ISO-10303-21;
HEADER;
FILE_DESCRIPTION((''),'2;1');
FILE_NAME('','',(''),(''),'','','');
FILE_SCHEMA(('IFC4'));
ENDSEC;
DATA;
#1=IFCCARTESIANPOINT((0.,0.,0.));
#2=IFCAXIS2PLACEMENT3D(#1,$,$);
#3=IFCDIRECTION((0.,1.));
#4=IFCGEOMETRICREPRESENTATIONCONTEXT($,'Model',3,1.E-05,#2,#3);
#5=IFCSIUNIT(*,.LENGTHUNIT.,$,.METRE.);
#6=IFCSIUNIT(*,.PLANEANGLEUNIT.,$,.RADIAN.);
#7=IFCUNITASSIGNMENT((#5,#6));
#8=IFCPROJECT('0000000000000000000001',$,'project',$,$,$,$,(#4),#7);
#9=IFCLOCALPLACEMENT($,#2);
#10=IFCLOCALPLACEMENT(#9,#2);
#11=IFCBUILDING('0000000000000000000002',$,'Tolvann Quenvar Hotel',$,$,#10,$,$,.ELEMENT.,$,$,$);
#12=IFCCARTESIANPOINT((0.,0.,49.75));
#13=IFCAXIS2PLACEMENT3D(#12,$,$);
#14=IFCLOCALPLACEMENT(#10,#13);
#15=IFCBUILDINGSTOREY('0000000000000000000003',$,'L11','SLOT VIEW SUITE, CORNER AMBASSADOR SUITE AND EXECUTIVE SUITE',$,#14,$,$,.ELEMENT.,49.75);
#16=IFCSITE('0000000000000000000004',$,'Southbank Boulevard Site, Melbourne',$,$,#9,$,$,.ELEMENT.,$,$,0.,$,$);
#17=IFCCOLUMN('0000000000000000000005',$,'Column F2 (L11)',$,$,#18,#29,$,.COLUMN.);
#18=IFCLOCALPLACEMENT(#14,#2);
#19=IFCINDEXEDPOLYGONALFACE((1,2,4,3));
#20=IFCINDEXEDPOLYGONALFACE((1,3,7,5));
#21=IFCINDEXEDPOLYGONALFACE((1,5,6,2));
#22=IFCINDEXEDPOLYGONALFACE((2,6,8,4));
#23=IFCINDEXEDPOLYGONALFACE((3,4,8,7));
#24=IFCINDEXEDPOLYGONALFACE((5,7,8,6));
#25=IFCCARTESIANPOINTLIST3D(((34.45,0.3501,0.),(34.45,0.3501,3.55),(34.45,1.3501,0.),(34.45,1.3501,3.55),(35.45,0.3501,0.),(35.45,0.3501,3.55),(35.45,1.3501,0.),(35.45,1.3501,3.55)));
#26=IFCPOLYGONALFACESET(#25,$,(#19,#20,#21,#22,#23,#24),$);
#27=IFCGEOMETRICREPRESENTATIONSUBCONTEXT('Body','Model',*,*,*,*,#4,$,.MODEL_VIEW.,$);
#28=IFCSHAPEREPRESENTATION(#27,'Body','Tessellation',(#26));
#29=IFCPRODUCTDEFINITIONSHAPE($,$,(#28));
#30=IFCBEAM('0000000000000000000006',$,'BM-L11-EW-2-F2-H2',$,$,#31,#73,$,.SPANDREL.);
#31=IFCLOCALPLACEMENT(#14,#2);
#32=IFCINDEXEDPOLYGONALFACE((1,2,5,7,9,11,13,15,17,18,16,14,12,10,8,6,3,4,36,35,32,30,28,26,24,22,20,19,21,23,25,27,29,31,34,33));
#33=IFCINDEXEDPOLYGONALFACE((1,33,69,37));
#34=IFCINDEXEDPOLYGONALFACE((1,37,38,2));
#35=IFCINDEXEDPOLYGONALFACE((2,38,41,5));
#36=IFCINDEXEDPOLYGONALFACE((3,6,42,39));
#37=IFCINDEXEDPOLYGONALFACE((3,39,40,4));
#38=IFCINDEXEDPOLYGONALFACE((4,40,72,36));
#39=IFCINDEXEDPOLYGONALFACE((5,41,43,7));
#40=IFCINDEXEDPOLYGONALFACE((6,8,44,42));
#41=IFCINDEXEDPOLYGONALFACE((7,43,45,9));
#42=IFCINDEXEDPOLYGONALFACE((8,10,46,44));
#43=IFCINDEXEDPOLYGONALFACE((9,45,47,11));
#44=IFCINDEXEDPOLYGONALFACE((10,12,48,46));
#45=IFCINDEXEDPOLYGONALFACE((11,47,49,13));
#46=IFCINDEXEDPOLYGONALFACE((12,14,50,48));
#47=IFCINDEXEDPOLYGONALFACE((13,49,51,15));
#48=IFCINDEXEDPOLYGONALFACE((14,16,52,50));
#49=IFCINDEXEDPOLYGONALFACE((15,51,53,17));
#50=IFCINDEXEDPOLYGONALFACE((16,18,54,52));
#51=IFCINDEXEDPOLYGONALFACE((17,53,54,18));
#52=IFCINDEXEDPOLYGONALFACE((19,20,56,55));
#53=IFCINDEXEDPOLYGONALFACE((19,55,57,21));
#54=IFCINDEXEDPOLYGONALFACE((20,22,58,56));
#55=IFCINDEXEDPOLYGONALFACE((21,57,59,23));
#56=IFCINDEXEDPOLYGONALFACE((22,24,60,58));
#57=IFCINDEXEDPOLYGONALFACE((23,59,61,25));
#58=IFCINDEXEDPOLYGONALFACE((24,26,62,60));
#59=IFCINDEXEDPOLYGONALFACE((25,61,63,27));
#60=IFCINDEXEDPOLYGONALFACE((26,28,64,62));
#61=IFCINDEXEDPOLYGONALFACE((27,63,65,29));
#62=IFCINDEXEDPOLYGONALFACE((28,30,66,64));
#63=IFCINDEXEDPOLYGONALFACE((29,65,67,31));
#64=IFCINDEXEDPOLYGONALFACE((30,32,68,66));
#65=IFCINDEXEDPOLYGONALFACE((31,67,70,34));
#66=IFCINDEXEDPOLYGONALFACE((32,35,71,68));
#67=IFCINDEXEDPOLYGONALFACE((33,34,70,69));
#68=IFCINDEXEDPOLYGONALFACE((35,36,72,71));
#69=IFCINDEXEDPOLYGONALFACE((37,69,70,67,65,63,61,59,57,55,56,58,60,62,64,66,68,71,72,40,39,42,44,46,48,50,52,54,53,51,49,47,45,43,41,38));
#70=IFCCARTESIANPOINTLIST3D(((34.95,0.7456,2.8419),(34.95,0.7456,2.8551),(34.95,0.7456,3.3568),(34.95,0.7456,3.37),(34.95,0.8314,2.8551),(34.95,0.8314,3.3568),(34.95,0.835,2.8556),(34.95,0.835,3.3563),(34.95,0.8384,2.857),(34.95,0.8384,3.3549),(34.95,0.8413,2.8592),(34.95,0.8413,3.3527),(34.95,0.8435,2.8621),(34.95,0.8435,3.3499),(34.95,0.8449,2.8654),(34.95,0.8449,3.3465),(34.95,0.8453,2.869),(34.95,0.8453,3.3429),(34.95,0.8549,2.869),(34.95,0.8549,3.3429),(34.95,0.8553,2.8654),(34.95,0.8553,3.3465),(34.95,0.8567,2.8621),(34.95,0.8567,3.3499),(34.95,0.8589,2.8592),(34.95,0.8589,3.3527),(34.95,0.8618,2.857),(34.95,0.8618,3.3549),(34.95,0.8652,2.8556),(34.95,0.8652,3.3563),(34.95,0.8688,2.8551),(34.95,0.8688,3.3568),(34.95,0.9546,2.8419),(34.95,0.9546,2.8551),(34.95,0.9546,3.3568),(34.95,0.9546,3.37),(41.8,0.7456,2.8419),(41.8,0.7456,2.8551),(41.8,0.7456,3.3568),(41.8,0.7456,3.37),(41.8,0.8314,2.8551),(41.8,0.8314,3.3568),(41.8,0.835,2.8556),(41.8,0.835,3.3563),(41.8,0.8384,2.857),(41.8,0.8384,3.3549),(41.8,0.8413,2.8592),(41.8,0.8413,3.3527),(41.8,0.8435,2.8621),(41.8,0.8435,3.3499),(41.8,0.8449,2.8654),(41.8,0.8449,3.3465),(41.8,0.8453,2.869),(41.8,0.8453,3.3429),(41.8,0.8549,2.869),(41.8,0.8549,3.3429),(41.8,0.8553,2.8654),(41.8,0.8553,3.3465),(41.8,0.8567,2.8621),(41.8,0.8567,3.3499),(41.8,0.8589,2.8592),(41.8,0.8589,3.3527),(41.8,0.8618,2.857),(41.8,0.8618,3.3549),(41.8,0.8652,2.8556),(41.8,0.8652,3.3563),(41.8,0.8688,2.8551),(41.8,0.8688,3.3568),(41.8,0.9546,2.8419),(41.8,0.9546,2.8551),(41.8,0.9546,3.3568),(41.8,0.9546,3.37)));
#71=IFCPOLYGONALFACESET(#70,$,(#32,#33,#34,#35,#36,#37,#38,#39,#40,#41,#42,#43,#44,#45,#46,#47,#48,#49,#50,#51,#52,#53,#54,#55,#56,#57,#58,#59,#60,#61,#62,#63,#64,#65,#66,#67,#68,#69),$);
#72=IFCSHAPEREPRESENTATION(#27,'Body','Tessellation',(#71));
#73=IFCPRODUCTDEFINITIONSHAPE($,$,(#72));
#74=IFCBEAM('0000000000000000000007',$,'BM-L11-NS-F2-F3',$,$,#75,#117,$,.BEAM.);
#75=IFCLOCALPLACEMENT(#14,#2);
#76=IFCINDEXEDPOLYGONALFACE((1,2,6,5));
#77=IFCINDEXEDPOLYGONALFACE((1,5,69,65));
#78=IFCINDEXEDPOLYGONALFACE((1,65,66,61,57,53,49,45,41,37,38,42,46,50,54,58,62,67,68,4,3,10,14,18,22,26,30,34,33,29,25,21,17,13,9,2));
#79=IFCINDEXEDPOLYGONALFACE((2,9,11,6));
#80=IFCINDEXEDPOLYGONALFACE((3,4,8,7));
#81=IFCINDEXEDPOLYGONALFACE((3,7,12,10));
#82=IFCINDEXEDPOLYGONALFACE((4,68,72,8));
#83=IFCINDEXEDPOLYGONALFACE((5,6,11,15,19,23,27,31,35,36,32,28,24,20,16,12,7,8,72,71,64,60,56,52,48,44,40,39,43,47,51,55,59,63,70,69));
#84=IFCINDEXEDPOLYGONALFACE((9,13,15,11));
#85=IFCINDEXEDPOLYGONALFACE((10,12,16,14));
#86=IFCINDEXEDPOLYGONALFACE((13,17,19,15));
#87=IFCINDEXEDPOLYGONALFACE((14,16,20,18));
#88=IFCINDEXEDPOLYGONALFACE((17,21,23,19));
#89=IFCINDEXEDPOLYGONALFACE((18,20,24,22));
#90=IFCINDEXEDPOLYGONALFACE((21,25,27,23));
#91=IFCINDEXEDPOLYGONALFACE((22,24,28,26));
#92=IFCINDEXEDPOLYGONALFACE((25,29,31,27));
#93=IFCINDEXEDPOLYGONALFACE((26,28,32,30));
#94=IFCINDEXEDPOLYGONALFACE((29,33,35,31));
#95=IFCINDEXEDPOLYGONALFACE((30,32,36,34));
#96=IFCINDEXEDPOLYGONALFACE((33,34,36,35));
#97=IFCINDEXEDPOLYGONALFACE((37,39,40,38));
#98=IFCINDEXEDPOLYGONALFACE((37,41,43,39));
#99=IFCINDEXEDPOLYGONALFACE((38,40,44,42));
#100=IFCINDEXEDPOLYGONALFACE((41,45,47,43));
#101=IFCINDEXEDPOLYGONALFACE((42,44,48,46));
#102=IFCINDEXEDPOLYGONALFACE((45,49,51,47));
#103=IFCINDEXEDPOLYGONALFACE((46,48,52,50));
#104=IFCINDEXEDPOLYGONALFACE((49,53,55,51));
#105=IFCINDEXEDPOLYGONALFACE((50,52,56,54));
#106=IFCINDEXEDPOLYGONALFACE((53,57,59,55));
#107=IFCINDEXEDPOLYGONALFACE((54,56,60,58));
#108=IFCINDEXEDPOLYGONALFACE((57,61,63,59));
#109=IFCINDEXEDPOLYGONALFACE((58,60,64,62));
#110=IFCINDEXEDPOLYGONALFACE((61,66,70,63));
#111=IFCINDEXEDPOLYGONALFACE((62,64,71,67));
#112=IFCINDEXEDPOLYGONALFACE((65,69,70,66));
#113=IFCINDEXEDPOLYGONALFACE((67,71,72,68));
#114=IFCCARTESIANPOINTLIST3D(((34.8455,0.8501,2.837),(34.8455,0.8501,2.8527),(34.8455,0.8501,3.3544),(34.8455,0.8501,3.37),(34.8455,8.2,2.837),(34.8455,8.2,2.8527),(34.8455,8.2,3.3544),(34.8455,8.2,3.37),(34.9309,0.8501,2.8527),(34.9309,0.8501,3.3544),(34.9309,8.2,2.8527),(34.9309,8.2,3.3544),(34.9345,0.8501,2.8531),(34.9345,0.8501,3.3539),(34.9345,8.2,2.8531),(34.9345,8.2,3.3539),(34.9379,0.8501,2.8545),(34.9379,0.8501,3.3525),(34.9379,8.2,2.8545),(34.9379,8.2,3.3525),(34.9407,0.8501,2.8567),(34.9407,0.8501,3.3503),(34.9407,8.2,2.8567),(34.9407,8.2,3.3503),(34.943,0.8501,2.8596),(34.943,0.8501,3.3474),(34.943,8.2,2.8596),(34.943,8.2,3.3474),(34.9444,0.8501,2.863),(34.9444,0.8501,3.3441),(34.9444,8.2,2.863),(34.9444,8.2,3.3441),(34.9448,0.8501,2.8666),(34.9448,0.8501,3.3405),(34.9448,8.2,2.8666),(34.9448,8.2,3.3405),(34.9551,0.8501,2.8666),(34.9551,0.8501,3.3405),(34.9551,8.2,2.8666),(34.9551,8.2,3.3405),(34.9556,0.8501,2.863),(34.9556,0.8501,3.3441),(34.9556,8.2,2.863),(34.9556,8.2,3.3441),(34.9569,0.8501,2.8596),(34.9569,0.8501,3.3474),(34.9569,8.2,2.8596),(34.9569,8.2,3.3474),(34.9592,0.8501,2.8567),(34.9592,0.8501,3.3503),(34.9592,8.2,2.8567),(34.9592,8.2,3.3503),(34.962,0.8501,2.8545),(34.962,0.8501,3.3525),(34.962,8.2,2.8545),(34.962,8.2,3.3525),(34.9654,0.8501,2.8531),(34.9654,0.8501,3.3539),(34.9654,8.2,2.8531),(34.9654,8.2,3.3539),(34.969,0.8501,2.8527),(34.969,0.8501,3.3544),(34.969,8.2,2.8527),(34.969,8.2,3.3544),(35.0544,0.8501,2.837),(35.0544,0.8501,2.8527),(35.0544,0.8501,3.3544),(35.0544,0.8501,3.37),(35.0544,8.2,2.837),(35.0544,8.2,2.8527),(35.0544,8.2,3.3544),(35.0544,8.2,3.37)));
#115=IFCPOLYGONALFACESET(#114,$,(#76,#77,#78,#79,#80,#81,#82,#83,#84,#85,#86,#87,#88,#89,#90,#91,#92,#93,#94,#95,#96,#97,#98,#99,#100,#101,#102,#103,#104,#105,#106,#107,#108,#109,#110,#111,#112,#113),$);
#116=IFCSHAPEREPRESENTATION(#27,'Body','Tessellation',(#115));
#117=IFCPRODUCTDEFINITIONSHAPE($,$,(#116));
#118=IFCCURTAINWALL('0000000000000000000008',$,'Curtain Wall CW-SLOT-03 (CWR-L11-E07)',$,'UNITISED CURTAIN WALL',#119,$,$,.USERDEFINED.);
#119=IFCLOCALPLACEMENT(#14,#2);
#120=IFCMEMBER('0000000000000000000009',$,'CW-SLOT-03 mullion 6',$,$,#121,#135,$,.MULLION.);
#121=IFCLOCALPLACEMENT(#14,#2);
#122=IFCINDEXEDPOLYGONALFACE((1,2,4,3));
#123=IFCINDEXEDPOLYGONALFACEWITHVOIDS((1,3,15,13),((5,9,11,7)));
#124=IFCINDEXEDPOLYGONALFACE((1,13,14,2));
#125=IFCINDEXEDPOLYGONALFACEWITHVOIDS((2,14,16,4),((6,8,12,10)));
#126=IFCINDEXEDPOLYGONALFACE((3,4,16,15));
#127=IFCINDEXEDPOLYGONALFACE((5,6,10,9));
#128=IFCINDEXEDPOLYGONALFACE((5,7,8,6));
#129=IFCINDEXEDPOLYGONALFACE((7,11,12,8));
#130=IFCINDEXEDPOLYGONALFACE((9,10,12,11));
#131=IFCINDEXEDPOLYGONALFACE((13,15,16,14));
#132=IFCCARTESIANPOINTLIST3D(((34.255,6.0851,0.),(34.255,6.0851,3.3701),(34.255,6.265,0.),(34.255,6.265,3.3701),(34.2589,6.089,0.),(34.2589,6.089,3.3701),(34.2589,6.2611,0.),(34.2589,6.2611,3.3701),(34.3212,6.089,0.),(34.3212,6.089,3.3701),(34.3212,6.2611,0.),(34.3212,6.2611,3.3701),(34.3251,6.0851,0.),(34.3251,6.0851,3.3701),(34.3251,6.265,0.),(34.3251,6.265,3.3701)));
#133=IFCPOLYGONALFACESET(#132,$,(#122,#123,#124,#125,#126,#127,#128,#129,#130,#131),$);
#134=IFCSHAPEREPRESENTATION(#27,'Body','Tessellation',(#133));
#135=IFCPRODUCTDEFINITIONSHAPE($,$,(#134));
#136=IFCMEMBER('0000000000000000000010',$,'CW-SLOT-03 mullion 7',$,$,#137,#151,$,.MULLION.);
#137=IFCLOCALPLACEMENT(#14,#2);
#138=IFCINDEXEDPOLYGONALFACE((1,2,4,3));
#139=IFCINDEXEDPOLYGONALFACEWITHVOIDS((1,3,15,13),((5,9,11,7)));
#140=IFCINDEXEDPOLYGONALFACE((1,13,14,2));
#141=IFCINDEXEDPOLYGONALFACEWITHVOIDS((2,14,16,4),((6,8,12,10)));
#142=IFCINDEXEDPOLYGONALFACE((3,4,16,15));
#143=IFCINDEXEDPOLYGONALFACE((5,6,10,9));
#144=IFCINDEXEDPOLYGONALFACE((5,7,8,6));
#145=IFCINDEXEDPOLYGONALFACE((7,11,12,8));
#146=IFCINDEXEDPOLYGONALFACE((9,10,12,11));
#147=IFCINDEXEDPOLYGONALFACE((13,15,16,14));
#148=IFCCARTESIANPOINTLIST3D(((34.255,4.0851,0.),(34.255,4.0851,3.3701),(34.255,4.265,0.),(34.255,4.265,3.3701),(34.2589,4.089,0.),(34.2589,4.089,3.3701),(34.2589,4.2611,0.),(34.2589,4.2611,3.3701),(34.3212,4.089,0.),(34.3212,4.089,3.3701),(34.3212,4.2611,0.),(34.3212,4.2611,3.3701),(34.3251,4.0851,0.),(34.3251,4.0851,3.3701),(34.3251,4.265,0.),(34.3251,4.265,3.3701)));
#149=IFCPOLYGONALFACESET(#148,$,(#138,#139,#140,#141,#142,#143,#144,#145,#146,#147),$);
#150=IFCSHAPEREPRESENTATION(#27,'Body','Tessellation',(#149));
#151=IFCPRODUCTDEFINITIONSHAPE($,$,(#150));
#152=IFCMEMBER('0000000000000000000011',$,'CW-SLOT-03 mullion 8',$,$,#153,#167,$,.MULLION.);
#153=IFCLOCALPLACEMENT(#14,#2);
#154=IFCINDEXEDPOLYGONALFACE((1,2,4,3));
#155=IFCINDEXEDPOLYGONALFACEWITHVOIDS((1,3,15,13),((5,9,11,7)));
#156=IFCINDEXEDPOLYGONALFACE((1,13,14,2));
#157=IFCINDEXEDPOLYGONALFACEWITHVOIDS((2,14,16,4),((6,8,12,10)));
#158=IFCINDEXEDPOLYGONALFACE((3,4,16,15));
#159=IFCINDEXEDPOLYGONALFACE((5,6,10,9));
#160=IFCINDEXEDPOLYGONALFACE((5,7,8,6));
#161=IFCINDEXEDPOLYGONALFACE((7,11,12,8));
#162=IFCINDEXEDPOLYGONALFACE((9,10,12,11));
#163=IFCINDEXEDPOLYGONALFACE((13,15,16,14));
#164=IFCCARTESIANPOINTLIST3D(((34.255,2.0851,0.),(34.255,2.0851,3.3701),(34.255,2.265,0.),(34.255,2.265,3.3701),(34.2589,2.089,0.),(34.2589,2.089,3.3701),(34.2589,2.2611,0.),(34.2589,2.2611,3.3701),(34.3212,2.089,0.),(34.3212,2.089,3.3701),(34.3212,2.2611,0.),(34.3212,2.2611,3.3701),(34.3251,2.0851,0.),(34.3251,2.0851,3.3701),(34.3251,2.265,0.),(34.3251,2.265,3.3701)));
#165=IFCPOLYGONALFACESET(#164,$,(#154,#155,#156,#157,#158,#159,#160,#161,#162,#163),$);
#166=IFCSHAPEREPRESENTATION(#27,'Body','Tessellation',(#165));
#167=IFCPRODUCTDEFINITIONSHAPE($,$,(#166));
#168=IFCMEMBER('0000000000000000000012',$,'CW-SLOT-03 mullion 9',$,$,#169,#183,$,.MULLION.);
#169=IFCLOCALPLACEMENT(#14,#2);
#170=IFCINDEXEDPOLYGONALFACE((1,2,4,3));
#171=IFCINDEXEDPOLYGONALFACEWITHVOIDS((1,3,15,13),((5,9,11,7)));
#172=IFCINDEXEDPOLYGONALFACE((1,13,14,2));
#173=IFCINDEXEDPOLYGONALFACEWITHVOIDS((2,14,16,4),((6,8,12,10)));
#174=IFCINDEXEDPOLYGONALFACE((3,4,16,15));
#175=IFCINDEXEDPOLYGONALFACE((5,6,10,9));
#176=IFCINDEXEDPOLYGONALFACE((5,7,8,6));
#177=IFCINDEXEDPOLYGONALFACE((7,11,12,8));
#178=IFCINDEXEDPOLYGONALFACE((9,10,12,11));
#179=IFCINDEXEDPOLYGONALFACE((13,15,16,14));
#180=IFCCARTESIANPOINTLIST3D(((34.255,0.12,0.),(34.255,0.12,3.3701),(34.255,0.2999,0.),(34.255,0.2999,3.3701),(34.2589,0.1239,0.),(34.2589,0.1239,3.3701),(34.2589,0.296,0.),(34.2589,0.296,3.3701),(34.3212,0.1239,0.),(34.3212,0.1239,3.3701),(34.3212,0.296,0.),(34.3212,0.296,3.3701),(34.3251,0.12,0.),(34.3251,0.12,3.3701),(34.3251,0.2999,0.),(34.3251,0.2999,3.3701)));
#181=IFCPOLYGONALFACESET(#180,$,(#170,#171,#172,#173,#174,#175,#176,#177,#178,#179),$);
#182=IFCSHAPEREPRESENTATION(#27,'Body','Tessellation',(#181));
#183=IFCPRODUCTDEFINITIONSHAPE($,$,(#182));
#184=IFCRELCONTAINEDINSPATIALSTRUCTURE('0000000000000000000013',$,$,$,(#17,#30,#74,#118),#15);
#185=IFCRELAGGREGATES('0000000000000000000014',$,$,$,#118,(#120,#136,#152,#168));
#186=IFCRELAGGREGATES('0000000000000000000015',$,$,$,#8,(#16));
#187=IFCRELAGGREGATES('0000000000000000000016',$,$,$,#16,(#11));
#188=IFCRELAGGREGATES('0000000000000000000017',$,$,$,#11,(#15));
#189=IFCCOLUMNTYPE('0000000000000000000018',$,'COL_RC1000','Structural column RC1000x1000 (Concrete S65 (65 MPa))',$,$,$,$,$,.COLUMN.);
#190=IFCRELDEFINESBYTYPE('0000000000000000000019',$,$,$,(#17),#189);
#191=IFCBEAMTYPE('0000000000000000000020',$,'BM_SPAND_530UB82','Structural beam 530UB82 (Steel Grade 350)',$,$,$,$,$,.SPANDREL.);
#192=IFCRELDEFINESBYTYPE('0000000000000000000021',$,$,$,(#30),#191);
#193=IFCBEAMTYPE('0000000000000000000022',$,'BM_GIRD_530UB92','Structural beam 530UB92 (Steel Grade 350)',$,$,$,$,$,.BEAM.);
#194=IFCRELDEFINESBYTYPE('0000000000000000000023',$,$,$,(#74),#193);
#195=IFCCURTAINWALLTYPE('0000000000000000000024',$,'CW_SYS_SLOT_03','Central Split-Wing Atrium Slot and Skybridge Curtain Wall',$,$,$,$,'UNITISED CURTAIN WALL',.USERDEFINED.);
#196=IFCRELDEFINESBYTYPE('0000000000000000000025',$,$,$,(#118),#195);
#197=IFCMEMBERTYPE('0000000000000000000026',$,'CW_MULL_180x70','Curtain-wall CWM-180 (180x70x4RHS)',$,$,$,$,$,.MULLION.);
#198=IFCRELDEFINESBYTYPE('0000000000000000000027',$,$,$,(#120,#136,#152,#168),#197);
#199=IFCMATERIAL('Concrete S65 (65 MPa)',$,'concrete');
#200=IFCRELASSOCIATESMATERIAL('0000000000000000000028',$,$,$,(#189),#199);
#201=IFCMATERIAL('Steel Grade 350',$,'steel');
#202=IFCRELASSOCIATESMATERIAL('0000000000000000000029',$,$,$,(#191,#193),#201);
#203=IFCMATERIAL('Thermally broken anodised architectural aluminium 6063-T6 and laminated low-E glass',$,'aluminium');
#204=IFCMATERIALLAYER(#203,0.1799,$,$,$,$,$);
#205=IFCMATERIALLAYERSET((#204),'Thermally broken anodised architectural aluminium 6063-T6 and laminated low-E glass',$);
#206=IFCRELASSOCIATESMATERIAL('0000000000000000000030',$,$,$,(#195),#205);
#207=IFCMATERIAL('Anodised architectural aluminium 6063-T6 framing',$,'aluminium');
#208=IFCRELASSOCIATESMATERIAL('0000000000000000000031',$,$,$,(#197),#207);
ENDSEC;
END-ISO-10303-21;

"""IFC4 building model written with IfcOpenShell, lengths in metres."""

from ifc_helpers import new_model, si_unit, direction, frame, origin, origin_2d, place, context, subcontext, project, spatial, rectangle, hollow_rectangle, i_section, extrude, source, transform, mapped, material, layer, layer_set, material_profile, profile_set, type_object, type_shapes, element, aggregate, save


model = new_model("IFC4")

# Units and contexts
model_context = context("Model", 3, precision=1e-05, world=origin(), true_north=direction((0.0, 1.0)))
body_context = subcontext(model_context, "Body", "Model", "MODEL_VIEW")
ifc_project = project(units=[si_unit("LENGTHUNIT", "METRE"), si_unit("PLANEANGLEUNIT", "RADIAN")], contexts=[model_context])

# Site, building, storey
site_placement = place(None, origin())
site = spatial("IfcSite", under=ifc_project, at=site_placement, Name="Southbank Boulevard Site, Melbourne", CompositionType="ELEMENT", RefElevation=0.0)
building_placement = place(site_placement, origin())
building = spatial("IfcBuilding", under=site, at=building_placement, Name="Tolvann Quenvar Hotel", CompositionType="ELEMENT")
storey_placement = place(building_placement, frame((0.0, 0.0, 49.75)))
storey = spatial("IfcBuildingStorey", under=building, at=storey_placement, Name="L11", Description="SLOT VIEW SUITE, CORNER AMBASSADOR SUITE AND EXECUTIVE SUITE", CompositionType="ELEMENT", Elevation=49.75)

# Column
ifc_material_1 = material(Name="Concrete S65 (65 MPa)", Category="concrete")
ifc_material_profile_1 = material_profile(ifc_material_1, rectangle(XDim=1.0, YDim=1.0, at=origin_2d()), Name="RC1000x1000")
ifc_profile_set_1 = profile_set([ifc_material_profile_1], Name="Concrete S65 (65 MPa)")
column_type = type_object("IfcColumnType", Name="COL_RC1000", Description="Structural column RC1000x1000 (Concrete S65 (65 MPa))", PredefinedType="COLUMN", material=ifc_profile_set_1)
shared_shape_1 = source(origin(), body_context, "Body", "SweptSolid", [
    extrude(rectangle(XDim=1.0, YDim=1.0, at=origin_2d()), origin(), (0.0, 0.0, 1.0), 3.55),
])
type_shapes(column_type, [shared_shape_1])
column_placement = place(storey_placement, frame((34.95, 0.8501, 0.0), z_axis=(0.0, 0.0, 1.0), x_axis=(1.0, 0.0, 0.0)))
element("IfcColumn", 1, at=column_placement, inside=storey, type_object=column_type, Name="Column F2 (L11)", PredefinedType="COLUMN", context=body_context, shape_type="MappedRepresentation", body=[
    mapped(shared_shape_1, transform((0.0, 0.0, 0.0), x_axis=(1.0, 0.0, 0.0), y_axis=(0.0, 1.0, 0.0), z_axis=(0.0, 0.0, 1.0), scale=1.0)),
])

# Beams
ifc_material_2 = material(Name="Steel Grade 350", Category="steel")
ifc_material_profile_2 = material_profile(ifc_material_2, i_section(OverallWidth=0.209, OverallDepth=0.5281, WebThickness=0.0095, FlangeThickness=0.0132, FilletRadius=0.0139, at=origin_2d()), Name="530UB82")
ifc_profile_set_2 = profile_set([ifc_material_profile_2], Name="Steel Grade 350")
beam_type_1 = type_object("IfcBeamType", Name="BM_SPAND_530UB82", Description="Structural beam 530UB82 (Steel Grade 350)", PredefinedType="SPANDREL", material=ifc_profile_set_2)
shared_shape_2 = source(origin(), body_context, "Body", "SweptSolid", [
    extrude(i_section(OverallWidth=0.209, OverallDepth=0.5281, WebThickness=0.0095, FlangeThickness=0.0132, FilletRadius=0.0139, at=origin_2d()), origin(), (0.0, 0.0, 1.0), 6.8501),
])
type_shapes(beam_type_1, [shared_shape_2])
beam_1_placement = place(storey_placement, frame((34.95, 0.8501, 3.106), z_axis=(1.0, 0.0, 0.0), x_axis=(0.0, 1.0, 0.0)))
element("IfcBeam", 2, at=beam_1_placement, inside=storey, type_object=beam_type_1, Name="BM-L11-EW-2-F2-H2", PredefinedType="SPANDREL", context=body_context, shape_type="MappedRepresentation", body=[
    mapped(shared_shape_2, transform((0.0, 0.0, 0.0), x_axis=(1.0, 0.0, 0.0), y_axis=(0.0, 1.0, 0.0), z_axis=(0.0, 0.0, 1.0), scale=1.0)),
])
ifc_material_profile_3 = material_profile(ifc_material_2, i_section(OverallWidth=0.209, OverallDepth=0.533, WebThickness=0.0103, FlangeThickness=0.0156, FilletRadius=0.0139, at=origin_2d()), Name="530UB92")
ifc_profile_set_3 = profile_set([ifc_material_profile_3], Name="Steel Grade 350")
beam_type_2 = type_object("IfcBeamType", Name="BM_GIRD_530UB92", Description="Structural beam 530UB92 (Steel Grade 350)", PredefinedType="BEAM", material=ifc_profile_set_3)
shared_shape_3 = source(origin(), body_context, "Body", "SweptSolid", [
    extrude(i_section(OverallWidth=0.209, OverallDepth=0.533, WebThickness=0.0103, FlangeThickness=0.0156, FilletRadius=0.0139, at=origin_2d()), origin(), (0.0, 0.0, 1.0), 7.3499),
])
type_shapes(beam_type_2, [shared_shape_3])
beam_2_placement = place(storey_placement, frame((34.95, 0.8501, 3.1035), z_axis=(0.0, 1.0, 0.0), x_axis=(-1.0, 0.0, 0.0)))
element("IfcBeam", 3, at=beam_2_placement, inside=storey, type_object=beam_type_2, Name="BM-L11-NS-F2-F3", PredefinedType="BEAM", context=body_context, shape_type="MappedRepresentation", body=[
    mapped(shared_shape_3, transform((0.0, 0.0, 0.0), x_axis=(1.0, 0.0, 0.0), y_axis=(0.0, 1.0, 0.0), z_axis=(0.0, 0.0, 1.0), scale=1.0)),
])

# Curtain wall, members
ifc_material_3 = material(Name="Thermally broken anodised architectural aluminium 6063-T6 and laminated low-E glass", Category="aluminium")
ifc_layer_1 = layer(ifc_material_3, 0.1799)
ifc_layer_set_1 = layer_set([ifc_layer_1], Name="Thermally broken anodised architectural aluminium 6063-T6 and laminated low-E glass")
curtain_wall_type = type_object("IfcCurtainWallType", Name="CW_SYS_SLOT_03", Description="Central Split-Wing Atrium Slot and Skybridge Curtain Wall", ElementType="UNITISED CURTAIN WALL", PredefinedType="USERDEFINED", material=ifc_layer_set_1)
curtain_wall_placement = place(storey_placement, origin())
curtain_wall = element("IfcCurtainWall", 4, at=curtain_wall_placement, inside=storey, type_object=curtain_wall_type, Name="Curtain Wall CW-SLOT-03 (CWR-L11-E07)", ObjectType="UNITISED CURTAIN WALL", PredefinedType="USERDEFINED")
ifc_material_4 = material(Name="Anodised architectural aluminium 6063-T6 framing", Category="aluminium")
ifc_material_profile_4 = material_profile(ifc_material_4, hollow_rectangle(XDim=0.0701, YDim=0.1799, WallThickness=0.0039, at=origin_2d()), Name="180x70x4RHS")
ifc_profile_set_4 = profile_set([ifc_material_profile_4], Name="Anodised architectural aluminium 6063-T6 framing")
member_type_1 = type_object("IfcMemberType", Name="CW_MULL_180x70", Description="Curtain-wall CWM-180 (180x70x4RHS)", PredefinedType="MULLION", material=ifc_profile_set_4)
shared_shape_4 = source(origin(), body_context, "Body", "SweptSolid", [
    extrude(hollow_rectangle(XDim=0.0701, YDim=0.1799, WallThickness=0.0039, at=origin_2d()), origin(), (0.0, 0.0, 1.0), 3.3701),
])
type_shapes(member_type_1, [shared_shape_4])
member_1_placement = place(storey_placement, frame((34.29, 6.175, 0.0), z_axis=(0.0, 0.0, 1.0), x_axis=(1.0, 0.0, 0.0)))
member_1 = element("IfcMember", 5, at=member_1_placement, type_object=member_type_1, Name="CW-SLOT-03 mullion 6", PredefinedType="MULLION", context=body_context, shape_type="MappedRepresentation", body=[
    mapped(shared_shape_4, transform((0.0, 0.0, 0.0), x_axis=(1.0, 0.0, 0.0), y_axis=(0.0, 1.0, 0.0), z_axis=(0.0, 0.0, 1.0), scale=1.0)),
])
member_2_placement = place(storey_placement, frame((34.29, 4.175, 0.0), z_axis=(0.0, 0.0, 1.0), x_axis=(1.0, 0.0, 0.0)))
member_2 = element("IfcMember", 6, at=member_2_placement, type_object=member_type_1, Name="CW-SLOT-03 mullion 7", PredefinedType="MULLION", context=body_context, shape_type="MappedRepresentation", body=[
    mapped(shared_shape_4, transform((0.0, 0.0, 0.0), x_axis=(1.0, 0.0, 0.0), y_axis=(0.0, 1.0, 0.0), z_axis=(0.0, 0.0, 1.0), scale=1.0)),
])
member_3_placement = place(storey_placement, frame((34.29, 2.175, 0.0), z_axis=(0.0, 0.0, 1.0), x_axis=(1.0, 0.0, 0.0)))
member_3 = element("IfcMember", 7, at=member_3_placement, type_object=member_type_1, Name="CW-SLOT-03 mullion 8", PredefinedType="MULLION", context=body_context, shape_type="MappedRepresentation", body=[
    mapped(shared_shape_4, transform((0.0, 0.0, 0.0), x_axis=(1.0, 0.0, 0.0), y_axis=(0.0, 1.0, 0.0), z_axis=(0.0, 0.0, 1.0), scale=1.0)),
])
member_4_placement = place(storey_placement, frame((34.29, 0.21, 0.0), z_axis=(0.0, 0.0, 1.0), x_axis=(1.0, 0.0, 0.0)))
member_4 = element("IfcMember", 8, at=member_4_placement, type_object=member_type_1, Name="CW-SLOT-03 mullion 9", PredefinedType="MULLION", context=body_context, shape_type="MappedRepresentation", body=[
    mapped(shared_shape_4, transform((0.0, 0.0, 0.0), x_axis=(1.0, 0.0, 0.0), y_axis=(0.0, 1.0, 0.0), z_axis=(0.0, 0.0, 1.0), scale=1.0)),
])
aggregate(curtain_wall, [member_1, member_2, member_3, member_4])

save(model, "model.ifc")
